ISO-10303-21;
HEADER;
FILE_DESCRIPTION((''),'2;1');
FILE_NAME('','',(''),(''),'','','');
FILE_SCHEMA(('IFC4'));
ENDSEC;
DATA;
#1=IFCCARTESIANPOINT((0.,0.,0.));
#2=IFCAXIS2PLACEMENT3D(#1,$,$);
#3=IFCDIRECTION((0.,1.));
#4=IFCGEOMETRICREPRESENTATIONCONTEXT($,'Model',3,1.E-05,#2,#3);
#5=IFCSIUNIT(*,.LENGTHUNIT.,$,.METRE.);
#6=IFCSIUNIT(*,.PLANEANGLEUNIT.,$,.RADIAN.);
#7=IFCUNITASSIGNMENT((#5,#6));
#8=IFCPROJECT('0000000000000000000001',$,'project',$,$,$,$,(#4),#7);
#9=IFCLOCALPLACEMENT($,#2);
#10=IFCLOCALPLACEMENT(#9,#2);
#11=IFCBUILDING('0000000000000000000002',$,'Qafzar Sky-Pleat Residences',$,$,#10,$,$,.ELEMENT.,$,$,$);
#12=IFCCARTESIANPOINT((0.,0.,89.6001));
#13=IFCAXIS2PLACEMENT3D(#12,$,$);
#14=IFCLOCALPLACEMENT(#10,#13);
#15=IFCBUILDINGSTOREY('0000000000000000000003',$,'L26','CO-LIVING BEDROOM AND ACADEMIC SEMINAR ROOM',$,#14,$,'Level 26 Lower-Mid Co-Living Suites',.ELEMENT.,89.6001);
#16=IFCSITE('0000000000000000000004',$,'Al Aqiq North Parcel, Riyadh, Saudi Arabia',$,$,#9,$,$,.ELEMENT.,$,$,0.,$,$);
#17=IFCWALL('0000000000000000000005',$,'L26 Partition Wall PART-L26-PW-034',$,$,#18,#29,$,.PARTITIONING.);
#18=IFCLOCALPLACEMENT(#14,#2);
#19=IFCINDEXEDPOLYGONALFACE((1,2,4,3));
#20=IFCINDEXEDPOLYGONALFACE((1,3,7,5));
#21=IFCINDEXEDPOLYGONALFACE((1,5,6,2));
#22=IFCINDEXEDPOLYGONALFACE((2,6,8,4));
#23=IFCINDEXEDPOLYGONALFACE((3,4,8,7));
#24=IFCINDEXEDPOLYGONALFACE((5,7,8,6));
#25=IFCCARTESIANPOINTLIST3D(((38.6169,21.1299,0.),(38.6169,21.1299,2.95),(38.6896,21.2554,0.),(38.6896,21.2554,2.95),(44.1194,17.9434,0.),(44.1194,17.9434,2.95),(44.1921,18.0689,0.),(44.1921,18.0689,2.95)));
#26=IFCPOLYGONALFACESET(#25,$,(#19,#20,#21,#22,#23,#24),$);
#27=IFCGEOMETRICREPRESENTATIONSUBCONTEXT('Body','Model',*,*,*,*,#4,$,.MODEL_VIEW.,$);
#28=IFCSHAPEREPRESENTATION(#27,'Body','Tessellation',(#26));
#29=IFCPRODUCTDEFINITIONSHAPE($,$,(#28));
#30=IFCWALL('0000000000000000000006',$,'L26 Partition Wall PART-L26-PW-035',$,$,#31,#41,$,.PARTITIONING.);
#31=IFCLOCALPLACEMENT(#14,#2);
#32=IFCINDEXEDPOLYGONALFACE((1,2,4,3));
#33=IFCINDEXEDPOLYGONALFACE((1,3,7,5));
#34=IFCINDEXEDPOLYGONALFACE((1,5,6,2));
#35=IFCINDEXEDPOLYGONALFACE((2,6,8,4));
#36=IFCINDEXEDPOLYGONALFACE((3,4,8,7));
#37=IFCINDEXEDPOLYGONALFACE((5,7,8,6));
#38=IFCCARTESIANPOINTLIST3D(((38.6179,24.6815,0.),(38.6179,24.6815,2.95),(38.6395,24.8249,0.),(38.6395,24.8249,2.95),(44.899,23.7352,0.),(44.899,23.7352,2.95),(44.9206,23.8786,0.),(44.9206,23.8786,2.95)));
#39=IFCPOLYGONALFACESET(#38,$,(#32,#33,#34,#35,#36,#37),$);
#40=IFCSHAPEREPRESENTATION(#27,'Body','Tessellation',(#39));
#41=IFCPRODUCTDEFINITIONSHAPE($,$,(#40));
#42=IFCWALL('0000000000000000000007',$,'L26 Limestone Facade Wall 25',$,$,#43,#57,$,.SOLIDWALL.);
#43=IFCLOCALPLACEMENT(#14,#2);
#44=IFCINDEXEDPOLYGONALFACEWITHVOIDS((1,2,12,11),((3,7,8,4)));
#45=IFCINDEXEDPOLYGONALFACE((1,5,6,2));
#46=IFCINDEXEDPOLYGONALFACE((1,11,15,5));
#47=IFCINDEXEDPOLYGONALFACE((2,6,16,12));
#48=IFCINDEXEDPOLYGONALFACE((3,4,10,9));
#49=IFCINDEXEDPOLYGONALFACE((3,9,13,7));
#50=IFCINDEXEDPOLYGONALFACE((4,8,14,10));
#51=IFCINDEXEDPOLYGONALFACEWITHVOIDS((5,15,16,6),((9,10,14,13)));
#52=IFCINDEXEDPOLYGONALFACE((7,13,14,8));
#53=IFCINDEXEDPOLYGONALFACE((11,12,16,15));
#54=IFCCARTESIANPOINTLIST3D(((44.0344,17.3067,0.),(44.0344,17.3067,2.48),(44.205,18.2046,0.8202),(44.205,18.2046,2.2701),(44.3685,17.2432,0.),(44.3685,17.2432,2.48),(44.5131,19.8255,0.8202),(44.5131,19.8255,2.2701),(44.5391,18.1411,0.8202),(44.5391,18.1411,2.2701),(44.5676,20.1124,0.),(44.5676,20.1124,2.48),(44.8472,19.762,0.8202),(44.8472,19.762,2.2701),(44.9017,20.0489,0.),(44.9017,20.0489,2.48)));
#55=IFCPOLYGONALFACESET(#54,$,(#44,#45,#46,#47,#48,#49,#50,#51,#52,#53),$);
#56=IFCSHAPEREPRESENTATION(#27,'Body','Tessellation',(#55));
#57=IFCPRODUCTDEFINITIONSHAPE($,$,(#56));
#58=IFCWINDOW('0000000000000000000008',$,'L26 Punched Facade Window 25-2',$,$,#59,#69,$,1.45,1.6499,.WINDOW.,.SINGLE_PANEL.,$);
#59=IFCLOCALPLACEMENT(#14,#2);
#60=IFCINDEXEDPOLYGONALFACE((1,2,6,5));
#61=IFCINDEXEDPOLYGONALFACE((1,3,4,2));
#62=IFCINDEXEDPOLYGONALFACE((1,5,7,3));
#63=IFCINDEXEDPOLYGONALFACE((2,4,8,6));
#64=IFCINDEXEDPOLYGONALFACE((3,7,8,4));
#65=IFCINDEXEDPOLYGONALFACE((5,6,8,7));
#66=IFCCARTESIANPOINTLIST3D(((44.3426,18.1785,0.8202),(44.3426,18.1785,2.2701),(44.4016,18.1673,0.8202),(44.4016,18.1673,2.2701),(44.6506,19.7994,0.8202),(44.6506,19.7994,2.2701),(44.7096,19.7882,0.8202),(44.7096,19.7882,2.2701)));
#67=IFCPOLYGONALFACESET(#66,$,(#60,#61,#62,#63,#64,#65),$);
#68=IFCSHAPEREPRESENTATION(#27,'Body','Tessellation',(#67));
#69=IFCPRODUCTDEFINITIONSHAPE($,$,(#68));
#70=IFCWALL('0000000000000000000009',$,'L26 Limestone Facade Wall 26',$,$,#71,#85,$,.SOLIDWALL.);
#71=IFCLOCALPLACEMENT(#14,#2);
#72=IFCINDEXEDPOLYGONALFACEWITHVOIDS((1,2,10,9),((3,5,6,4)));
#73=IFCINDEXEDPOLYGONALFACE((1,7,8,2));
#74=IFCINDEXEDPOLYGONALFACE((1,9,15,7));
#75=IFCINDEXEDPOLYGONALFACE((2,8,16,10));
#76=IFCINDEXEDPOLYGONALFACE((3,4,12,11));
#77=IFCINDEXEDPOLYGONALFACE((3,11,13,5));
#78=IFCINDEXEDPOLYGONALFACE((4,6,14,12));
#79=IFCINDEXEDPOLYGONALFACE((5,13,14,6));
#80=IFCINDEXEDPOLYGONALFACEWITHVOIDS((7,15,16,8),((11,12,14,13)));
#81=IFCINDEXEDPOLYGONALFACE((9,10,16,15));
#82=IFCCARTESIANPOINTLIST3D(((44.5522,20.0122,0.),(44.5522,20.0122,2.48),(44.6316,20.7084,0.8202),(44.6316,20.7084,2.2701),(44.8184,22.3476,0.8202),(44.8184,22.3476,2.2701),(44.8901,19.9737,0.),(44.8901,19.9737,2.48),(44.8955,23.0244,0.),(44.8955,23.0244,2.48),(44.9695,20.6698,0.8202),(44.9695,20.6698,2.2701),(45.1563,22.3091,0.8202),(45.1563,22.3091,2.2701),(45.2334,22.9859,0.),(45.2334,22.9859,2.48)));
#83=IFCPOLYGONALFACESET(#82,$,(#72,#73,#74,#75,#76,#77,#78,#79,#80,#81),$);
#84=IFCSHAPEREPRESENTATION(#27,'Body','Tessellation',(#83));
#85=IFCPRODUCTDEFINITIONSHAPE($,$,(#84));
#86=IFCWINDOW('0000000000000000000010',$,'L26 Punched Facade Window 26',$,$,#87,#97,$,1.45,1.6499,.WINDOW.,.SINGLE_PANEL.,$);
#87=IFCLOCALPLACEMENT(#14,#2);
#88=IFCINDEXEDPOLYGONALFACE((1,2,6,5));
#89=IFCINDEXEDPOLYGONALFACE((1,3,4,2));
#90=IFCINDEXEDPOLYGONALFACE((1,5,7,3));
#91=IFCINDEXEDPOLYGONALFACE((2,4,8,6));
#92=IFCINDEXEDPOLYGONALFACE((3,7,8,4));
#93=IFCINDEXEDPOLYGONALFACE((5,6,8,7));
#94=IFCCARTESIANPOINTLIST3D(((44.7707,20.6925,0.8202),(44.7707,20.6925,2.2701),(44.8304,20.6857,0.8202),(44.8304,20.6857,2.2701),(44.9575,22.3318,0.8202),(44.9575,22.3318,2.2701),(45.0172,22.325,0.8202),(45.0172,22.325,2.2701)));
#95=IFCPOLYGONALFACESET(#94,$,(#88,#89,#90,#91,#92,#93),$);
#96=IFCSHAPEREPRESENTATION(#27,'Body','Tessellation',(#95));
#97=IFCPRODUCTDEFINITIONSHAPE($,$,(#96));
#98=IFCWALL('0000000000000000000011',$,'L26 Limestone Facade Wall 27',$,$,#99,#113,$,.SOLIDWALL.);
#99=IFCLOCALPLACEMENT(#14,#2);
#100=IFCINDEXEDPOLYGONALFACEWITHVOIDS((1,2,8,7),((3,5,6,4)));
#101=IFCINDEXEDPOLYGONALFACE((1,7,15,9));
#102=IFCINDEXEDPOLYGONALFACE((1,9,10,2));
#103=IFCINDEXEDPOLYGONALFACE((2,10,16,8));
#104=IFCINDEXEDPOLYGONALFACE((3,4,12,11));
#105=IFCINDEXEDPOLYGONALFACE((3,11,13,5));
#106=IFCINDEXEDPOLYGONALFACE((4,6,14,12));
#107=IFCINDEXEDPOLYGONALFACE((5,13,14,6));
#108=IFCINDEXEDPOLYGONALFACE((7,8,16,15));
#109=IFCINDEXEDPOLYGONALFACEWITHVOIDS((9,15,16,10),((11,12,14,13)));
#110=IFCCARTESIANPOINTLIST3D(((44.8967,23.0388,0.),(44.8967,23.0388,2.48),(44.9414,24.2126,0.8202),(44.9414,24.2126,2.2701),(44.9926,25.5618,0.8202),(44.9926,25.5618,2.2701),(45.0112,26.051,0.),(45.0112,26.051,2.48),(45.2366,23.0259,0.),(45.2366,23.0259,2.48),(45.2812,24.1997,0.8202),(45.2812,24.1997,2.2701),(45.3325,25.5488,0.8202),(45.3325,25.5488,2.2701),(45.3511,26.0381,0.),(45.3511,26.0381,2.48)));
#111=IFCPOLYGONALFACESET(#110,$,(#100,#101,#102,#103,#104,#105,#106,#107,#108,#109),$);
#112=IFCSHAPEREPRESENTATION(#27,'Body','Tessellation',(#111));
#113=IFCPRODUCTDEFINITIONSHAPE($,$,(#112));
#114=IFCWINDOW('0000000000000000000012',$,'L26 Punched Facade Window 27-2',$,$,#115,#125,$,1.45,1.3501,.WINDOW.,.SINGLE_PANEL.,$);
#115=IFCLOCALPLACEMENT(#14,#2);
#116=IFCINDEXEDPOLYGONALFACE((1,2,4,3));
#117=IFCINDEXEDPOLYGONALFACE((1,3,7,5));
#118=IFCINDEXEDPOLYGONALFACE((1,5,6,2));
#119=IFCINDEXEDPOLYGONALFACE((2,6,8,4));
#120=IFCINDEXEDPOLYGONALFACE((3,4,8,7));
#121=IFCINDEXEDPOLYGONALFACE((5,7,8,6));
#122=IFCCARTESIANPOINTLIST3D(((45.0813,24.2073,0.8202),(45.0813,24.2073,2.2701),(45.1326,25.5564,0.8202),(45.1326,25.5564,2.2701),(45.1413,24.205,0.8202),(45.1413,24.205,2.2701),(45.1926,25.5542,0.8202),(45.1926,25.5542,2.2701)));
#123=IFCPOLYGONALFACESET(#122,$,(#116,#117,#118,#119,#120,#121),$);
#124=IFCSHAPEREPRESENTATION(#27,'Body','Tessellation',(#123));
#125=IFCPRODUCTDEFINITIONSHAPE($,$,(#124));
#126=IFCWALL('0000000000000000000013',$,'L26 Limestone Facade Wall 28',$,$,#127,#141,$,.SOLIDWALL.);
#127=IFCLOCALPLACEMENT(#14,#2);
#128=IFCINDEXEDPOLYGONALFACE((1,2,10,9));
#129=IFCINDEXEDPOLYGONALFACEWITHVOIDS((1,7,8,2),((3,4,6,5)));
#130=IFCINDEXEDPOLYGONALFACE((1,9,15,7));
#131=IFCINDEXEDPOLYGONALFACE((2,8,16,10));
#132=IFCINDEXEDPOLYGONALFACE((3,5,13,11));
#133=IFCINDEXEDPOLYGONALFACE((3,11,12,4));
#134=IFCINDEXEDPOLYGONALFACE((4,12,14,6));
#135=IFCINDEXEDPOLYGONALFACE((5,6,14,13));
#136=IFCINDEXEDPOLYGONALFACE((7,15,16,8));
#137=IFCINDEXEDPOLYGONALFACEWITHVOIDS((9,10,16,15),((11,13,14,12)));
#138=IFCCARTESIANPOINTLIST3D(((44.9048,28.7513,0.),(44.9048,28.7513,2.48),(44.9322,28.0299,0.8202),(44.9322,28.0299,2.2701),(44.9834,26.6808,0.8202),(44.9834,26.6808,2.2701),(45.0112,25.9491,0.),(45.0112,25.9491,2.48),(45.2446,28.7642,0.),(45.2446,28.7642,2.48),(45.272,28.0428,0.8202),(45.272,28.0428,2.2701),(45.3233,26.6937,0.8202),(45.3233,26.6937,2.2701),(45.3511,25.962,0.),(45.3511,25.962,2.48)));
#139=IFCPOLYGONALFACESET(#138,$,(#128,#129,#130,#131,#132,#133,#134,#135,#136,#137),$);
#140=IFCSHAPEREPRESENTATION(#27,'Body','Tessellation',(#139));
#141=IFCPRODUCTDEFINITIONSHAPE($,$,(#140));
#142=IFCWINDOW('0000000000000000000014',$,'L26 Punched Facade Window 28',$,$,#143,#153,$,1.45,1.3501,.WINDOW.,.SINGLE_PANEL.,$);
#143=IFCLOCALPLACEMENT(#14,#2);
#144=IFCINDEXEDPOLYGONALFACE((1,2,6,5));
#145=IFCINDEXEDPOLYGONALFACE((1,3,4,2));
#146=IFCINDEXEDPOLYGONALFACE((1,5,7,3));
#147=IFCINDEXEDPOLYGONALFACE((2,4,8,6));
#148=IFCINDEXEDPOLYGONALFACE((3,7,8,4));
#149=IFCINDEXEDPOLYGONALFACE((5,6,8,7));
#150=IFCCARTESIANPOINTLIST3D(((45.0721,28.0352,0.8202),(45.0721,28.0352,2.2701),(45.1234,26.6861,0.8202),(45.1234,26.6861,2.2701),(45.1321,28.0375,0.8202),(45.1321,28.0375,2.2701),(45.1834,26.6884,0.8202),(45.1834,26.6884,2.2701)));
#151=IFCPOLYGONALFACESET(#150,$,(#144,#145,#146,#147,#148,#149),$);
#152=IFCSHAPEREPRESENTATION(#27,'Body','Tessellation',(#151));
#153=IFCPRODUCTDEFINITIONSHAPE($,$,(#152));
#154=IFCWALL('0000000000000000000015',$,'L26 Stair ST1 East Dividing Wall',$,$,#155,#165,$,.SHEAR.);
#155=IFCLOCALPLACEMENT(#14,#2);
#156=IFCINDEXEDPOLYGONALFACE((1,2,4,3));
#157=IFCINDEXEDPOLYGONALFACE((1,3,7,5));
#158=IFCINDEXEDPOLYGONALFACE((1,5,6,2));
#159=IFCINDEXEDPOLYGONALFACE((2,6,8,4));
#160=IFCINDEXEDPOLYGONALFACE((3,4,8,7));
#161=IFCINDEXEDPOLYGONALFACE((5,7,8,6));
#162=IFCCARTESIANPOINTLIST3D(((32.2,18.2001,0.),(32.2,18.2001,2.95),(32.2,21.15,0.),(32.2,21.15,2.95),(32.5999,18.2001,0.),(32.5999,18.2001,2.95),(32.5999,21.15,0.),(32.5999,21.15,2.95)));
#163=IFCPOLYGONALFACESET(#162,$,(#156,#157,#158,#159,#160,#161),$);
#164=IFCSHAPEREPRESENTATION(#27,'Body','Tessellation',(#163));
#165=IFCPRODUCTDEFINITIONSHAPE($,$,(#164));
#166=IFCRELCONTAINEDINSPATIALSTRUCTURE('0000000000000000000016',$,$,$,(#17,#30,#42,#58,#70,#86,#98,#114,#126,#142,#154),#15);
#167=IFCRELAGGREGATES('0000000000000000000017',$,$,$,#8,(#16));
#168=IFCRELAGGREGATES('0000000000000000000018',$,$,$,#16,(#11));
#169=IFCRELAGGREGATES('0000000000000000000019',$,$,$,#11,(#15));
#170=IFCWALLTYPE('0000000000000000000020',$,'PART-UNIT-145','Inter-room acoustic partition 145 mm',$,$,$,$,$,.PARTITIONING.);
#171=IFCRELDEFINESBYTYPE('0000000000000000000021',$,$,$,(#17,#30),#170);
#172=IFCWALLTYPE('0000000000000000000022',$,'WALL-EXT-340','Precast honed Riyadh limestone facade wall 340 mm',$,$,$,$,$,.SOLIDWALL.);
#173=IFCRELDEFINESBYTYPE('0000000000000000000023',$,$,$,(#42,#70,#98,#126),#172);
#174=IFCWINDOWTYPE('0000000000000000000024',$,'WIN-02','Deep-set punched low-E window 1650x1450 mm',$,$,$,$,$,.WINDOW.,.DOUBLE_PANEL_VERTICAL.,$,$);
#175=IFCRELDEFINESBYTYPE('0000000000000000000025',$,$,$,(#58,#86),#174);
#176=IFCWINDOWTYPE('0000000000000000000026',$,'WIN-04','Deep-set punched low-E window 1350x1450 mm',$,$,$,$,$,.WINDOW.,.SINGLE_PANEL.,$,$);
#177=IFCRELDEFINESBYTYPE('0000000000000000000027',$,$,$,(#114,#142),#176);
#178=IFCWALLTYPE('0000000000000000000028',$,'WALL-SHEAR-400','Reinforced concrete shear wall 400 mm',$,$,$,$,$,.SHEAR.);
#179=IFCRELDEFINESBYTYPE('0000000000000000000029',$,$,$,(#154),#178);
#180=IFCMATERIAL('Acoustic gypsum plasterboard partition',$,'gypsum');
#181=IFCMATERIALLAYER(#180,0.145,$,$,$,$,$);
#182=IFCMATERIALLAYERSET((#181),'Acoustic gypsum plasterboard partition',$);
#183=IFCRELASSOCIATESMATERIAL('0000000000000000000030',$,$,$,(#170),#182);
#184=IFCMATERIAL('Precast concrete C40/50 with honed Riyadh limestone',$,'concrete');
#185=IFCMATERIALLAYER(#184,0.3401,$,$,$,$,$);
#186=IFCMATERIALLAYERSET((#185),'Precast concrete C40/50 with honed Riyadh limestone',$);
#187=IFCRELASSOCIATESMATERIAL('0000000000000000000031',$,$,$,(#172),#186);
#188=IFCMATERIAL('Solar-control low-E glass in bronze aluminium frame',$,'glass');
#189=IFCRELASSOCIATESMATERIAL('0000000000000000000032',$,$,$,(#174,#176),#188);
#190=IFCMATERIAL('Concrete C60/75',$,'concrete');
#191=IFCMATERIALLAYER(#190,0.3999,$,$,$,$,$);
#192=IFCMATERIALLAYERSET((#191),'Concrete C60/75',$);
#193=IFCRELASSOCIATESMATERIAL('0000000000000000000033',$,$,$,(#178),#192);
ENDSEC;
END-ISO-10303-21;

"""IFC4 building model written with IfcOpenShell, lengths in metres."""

from ifc_helpers import new_model, si_unit, direction, frame, frame_2d, origin, place, context, subcontext, project, spatial, rectangle, extrude, source, transform, mapped, material, layer, layer_set, type_object, element, fill, save


model = new_model("IFC4")

# Units and contexts
model_context = context("Model", 3, precision=1e-05, world=origin(), true_north=direction((0.0, 1.0)))
body_context = subcontext(model_context, "Body", "Model", "MODEL_VIEW")
ifc_project = project(units=[si_unit("LENGTHUNIT", "METRE"), si_unit("PLANEANGLEUNIT", "RADIAN")], contexts=[model_context])

# Site, building, storey
site_placement = place(None, origin())
site = spatial("IfcSite", under=ifc_project, at=site_placement, Name="Al Aqiq North Parcel, Riyadh, Saudi Arabia", CompositionType="ELEMENT", RefElevation=0.0)
building_placement = place(site_placement, origin())
building = spatial("IfcBuilding", under=site, at=building_placement, Name="Qafzar Sky-Pleat Residences", CompositionType="ELEMENT")
storey_placement = place(building_placement, frame((0.0, 0.0, 89.6001)))
storey = spatial("IfcBuildingStorey", under=building, at=storey_placement, Name="L26", Description="CO-LIVING BEDROOM AND ACADEMIC SEMINAR ROOM", LongName="Level 26 Lower-Mid Co-Living Suites", CompositionType="ELEMENT", Elevation=89.6001)

# Shared definitions
ifc_material_1 = material(Name="Acoustic gypsum plasterboard partition", Category="gypsum")

# Walls
ifc_layer_1 = layer(ifc_material_1, 0.145)
ifc_layer_set_1 = layer_set([ifc_layer_1], Name="Acoustic gypsum plasterboard partition")
wall_type_1 = type_object("IfcWallType", Name="PART-UNIT-145", Description="Inter-room acoustic partition 145 mm", PredefinedType="PARTITIONING", material=ifc_layer_set_1)
wall_1_placement = place(storey_placement, frame((38.6533, 21.1926, 0.0), z_axis=(0.0, 0.0, 1.0), x_axis=(0.865365, -0.501142, 0.0)))
element("IfcWall", 1, at=wall_1_placement, inside=storey, type_object=wall_type_1, Name="L26 Partition Wall PART-L26-PW-034", PredefinedType="PARTITIONING", context=body_context, shape_type="SweptSolid", body=[
    extrude(rectangle(XDim=6.3586, YDim=0.145, at=frame_2d((3.1792, 0.0))), origin(), (0.0, 0.0, 1.0), 2.95),
])
wall_2_placement = place(storey_placement, frame((38.6287, 24.7532, 0.0), z_axis=(0.0, 0.0, 1.0), x_axis=(0.988841, -0.148972, 0.0)))
element("IfcWall", 2, at=wall_2_placement, inside=storey, type_object=wall_type_1, Name="L26 Partition Wall PART-L26-PW-035", PredefinedType="PARTITIONING", context=body_context, shape_type="SweptSolid", body=[
    extrude(rectangle(XDim=6.3521, YDim=0.145, at=frame_2d((3.176, 0.0))), origin(), (0.0, 0.0, 1.0), 2.95),
])

# Walls, openings, windows
ifc_material_2 = material(Name="Precast concrete C40/50 with honed Riyadh limestone", Category="concrete")
ifc_layer_2 = layer(ifc_material_2, 0.3401)
ifc_layer_set_2 = layer_set([ifc_layer_2], Name="Precast concrete C40/50 with honed Riyadh limestone")
wall_type_2 = type_object("IfcWallType", Name="WALL-EXT-340", Description="Precast honed Riyadh limestone facade wall 340 mm", PredefinedType="SOLIDWALL", material=ifc_layer_set_2)
wall_3_placement = place(storey_placement, frame((44.2014, 17.2749, 0.0), z_axis=(0.0, 0.0, 1.0), x_axis=(0.186704, 0.982416, 0.0)))
wall_3 = element("IfcWall", 3, at=wall_3_placement, inside=storey, type_object=wall_type_2, Name="L26 Limestone Facade Wall 25", PredefinedType="SOLIDWALL", context=body_context, shape_type="SweptSolid", body=[
    extrude(rectangle(XDim=2.856, YDim=0.3401, at=frame_2d((1.428, 0.0))), origin(), (0.0, 0.0, 1.0), 2.48),
])
opening_1_placement = place(wall_3_placement, frame((0.9141, 0.0, 0.8201)))
opening_1 = element("IfcOpeningElement", 4, at=opening_1_placement, cuts=wall_3, PredefinedType="OPENING", context=body_context, shape_type="SweptSolid", body=[
    extrude(rectangle(XDim=1.6499, YDim=1.45, at=frame_2d((0.825, 0.7251))), frame((0.0, 0.1802, 0.0), z_axis=(0.0, -1.0, 0.0), x_axis=(1.0, 0.0, 0.0)), (0.0, 0.0, 1.0), 0.3601),
])
ifc_material_3 = material(Name="Solar-control low-E glass in bronze aluminium frame", Category="glass")
window_type_1 = type_object("IfcWindowType", Name="WIN-02", Description="Deep-set punched low-E window 1650x1450 mm", PartitioningType="DOUBLE_PANEL_VERTICAL", PredefinedType="WINDOW", material=ifc_material_3)
shared_shape_1 = source(origin(), body_context, "Body", "SweptSolid", [
    extrude(rectangle(XDim=1.6499, YDim=1.45, at=frame_2d((0.825, 0.7251))), frame((0.0, 0.03, 0.0), z_axis=(0.0, -1.0, 0.0), x_axis=(1.0, 0.0, 0.0)), (0.0, 0.0, 1.0), 0.0601),
])
window_1_placement = place(opening_1_placement, origin())
window_1 = element("IfcWindow", 5, at=window_1_placement, inside=storey, type_object=window_type_1, Name="L26 Punched Facade Window 25-2", OverallHeight=1.45, OverallWidth=1.6499, PartitioningType="SINGLE_PANEL", PredefinedType="WINDOW", context=body_context, shape_type="MappedRepresentation", body=[
    mapped(shared_shape_1, transform((0.0, 0.0, 0.0), x_axis=(1.0, 0.0, 0.0), y_axis=(0.0, 1.0, 0.0), z_axis=(0.0, 0.0, 1.0), scale=1.0)),
])
fill(opening_1, window_1)
wall_4_placement = place(storey_placement, frame((44.7212, 19.9929, 0.0), z_axis=(0.0, 0.0, 1.0), x_axis=(0.113224, 0.993569, 0.0)))
wall_4 = element("IfcWall", 6, at=wall_4_placement, inside=storey, type_object=wall_type_2, Name="L26 Limestone Facade Wall 26", PredefinedType="SOLIDWALL", context=body_context, shape_type="SweptSolid", body=[
    extrude(rectangle(XDim=3.0317, YDim=0.3401, at=frame_2d((1.5159, 0.0))), origin(), (0.0, 0.0, 1.0), 2.48),
])
opening_2_placement = place(wall_4_placement, frame((0.7007, 0.0, 0.8201)))
opening_2 = element("IfcOpeningElement", 7, at=opening_2_placement, cuts=wall_4, PredefinedType="OPENING", context=body_context, shape_type="SweptSolid", body=[
    extrude(rectangle(XDim=1.6499, YDim=1.45, at=frame_2d((0.825, 0.7251))), frame((0.0, 0.1802, 0.0), z_axis=(0.0, -1.0, 0.0), x_axis=(1.0, 0.0, 0.0)), (0.0, 0.0, 1.0), 0.3601),
])
window_2_placement = place(opening_2_placement, origin())
window_2 = element("IfcWindow", 8, at=window_2_placement, inside=storey, type_object=window_type_1, Name="L26 Punched Facade Window 26", OverallHeight=1.45, OverallWidth=1.6499, PartitioningType="SINGLE_PANEL", PredefinedType="WINDOW", context=body_context, shape_type="MappedRepresentation", body=[
    mapped(shared_shape_1, transform((0.0, 0.0, 0.0), x_axis=(1.0, 0.0, 0.0), y_axis=(0.0, 1.0, 0.0), z_axis=(0.0, 0.0, 1.0), scale=1.0)),
])
fill(opening_2, window_2)
wall_5_placement = place(storey_placement, frame((45.0667, 23.0322, 0.0), z_axis=(0.0, 0.0, 1.0), x_axis=(0.037985, 0.999278, 0.0)))
wall_5 = element("IfcWall", 9, at=wall_5_placement, inside=storey, type_object=wall_type_2, Name="L26 Limestone Facade Wall 27", PredefinedType="SOLIDWALL", context=body_context, shape_type="SweptSolid", body=[
    extrude(rectangle(XDim=3.0144, YDim=0.3401, at=frame_2d((1.5073, 0.0))), origin(), (0.0, 0.0, 1.0), 2.48),
])
opening_3_placement = place(wall_5_placement, frame((1.1748, 0.0, 0.8201)))
opening_3 = element("IfcOpeningElement", 10, at=opening_3_placement, cuts=wall_5, PredefinedType="OPENING", context=body_context, shape_type="SweptSolid", body=[
    extrude(rectangle(XDim=1.3501, YDim=1.45, at=frame_2d((0.675, 0.7251))), frame((0.0, 0.1802, 0.0), z_axis=(0.0, -1.0, 0.0), x_axis=(1.0, 0.0, 0.0)), (0.0, 0.0, 1.0), 0.3601),
])
window_type_2 = type_object("IfcWindowType", Name="WIN-04", Description="Deep-set punched low-E window 1350x1450 mm", PartitioningType="SINGLE_PANEL", PredefinedType="WINDOW", material=ifc_material_3)
shared_shape_2 = source(origin(), body_context, "Body", "SweptSolid", [
    extrude(rectangle(XDim=1.3501, YDim=1.45, at=frame_2d((0.675, 0.7251))), frame((0.0, 0.03, 0.0), z_axis=(0.0, -1.0, 0.0), x_axis=(1.0, 0.0, 0.0)), (0.0, 0.0, 1.0), 0.0601),
])
window_3_placement = place(opening_3_placement, origin())
window_3 = element("IfcWindow", 11, at=window_3_placement, inside=storey, type_object=window_type_2, Name="L26 Punched Facade Window 27-2", OverallHeight=1.45, OverallWidth=1.3501, PartitioningType="SINGLE_PANEL", PredefinedType="WINDOW", context=body_context, shape_type="MappedRepresentation", body=[
    mapped(shared_shape_2, transform((0.0, 0.0, 0.0), x_axis=(1.0, 0.0, 0.0), y_axis=(0.0, 1.0, 0.0), z_axis=(0.0, 0.0, 1.0), scale=1.0)),
])
fill(opening_3, window_3)
wall_6_placement = place(storey_placement, frame((45.1812, 25.9556, 0.0), z_axis=(0.0, 0.0, 1.0), x_axis=(-0.037958, 0.999279, 0.0)))
wall_6 = element("IfcWall", 12, at=wall_6_placement, inside=storey, type_object=wall_type_2, Name="L26 Limestone Facade Wall 28", PredefinedType="SOLIDWALL", context=body_context, shape_type="SweptSolid", body=[
    extrude(rectangle(XDim=2.8042, YDim=0.3401, at=frame_2d((1.4021, 0.0))), origin(), (0.0, 0.0, 1.0), 2.48),
])
opening_4_placement = place(wall_6_placement, frame((0.7322, 0.0, 0.8201)))
opening_4 = element("IfcOpeningElement", 13, at=opening_4_placement, cuts=wall_6, PredefinedType="OPENING", context=body_context, shape_type="SweptSolid", body=[
    extrude(rectangle(XDim=1.3501, YDim=1.45, at=frame_2d((0.675, 0.7251))), frame((0.0, 0.1802, 0.0), z_axis=(0.0, -1.0, 0.0), x_axis=(1.0, 0.0, 0.0)), (0.0, 0.0, 1.0), 0.3601),
])
window_4_placement = place(opening_4_placement, origin())
window_4 = element("IfcWindow", 14, at=window_4_placement, inside=storey, type_object=window_type_2, Name="L26 Punched Facade Window 28", OverallHeight=1.45, OverallWidth=1.3501, PartitioningType="SINGLE_PANEL", PredefinedType="WINDOW", context=body_context, shape_type="MappedRepresentation", body=[
    mapped(shared_shape_2, transform((0.0, 0.0, 0.0), x_axis=(1.0, 0.0, 0.0), y_axis=(0.0, 1.0, 0.0), z_axis=(0.0, 0.0, 1.0), scale=1.0)),
])
fill(opening_4, window_4)

# Wall
ifc_material_4 = material(Name="Concrete C60/75", Category="concrete")
ifc_layer_3 = layer(ifc_material_4, 0.3999)
ifc_layer_set_3 = layer_set([ifc_layer_3], Name="Concrete C60/75")
wall_type_3 = type_object("IfcWallType", Name="WALL-SHEAR-400", Description="Reinforced concrete shear wall 400 mm", PredefinedType="SHEAR", material=ifc_layer_set_3)
wall_7_placement = place(storey_placement, frame((32.3999, 18.2, 0.0), z_axis=(0.0, 0.0, 1.0), x_axis=(0.0, 1.0, 0.0)))
element("IfcWall", 15, at=wall_7_placement, inside=storey, type_object=wall_type_3, Name="L26 Stair ST1 East Dividing Wall", PredefinedType="SHEAR", context=body_context, shape_type="SweptSolid", body=[
    extrude(rectangle(XDim=2.95, YDim=0.3999, at=frame_2d((1.4751, 0.0))), origin(), (0.0, 0.0, 1.0), 2.95),
])

save(model, "model.ifc")
